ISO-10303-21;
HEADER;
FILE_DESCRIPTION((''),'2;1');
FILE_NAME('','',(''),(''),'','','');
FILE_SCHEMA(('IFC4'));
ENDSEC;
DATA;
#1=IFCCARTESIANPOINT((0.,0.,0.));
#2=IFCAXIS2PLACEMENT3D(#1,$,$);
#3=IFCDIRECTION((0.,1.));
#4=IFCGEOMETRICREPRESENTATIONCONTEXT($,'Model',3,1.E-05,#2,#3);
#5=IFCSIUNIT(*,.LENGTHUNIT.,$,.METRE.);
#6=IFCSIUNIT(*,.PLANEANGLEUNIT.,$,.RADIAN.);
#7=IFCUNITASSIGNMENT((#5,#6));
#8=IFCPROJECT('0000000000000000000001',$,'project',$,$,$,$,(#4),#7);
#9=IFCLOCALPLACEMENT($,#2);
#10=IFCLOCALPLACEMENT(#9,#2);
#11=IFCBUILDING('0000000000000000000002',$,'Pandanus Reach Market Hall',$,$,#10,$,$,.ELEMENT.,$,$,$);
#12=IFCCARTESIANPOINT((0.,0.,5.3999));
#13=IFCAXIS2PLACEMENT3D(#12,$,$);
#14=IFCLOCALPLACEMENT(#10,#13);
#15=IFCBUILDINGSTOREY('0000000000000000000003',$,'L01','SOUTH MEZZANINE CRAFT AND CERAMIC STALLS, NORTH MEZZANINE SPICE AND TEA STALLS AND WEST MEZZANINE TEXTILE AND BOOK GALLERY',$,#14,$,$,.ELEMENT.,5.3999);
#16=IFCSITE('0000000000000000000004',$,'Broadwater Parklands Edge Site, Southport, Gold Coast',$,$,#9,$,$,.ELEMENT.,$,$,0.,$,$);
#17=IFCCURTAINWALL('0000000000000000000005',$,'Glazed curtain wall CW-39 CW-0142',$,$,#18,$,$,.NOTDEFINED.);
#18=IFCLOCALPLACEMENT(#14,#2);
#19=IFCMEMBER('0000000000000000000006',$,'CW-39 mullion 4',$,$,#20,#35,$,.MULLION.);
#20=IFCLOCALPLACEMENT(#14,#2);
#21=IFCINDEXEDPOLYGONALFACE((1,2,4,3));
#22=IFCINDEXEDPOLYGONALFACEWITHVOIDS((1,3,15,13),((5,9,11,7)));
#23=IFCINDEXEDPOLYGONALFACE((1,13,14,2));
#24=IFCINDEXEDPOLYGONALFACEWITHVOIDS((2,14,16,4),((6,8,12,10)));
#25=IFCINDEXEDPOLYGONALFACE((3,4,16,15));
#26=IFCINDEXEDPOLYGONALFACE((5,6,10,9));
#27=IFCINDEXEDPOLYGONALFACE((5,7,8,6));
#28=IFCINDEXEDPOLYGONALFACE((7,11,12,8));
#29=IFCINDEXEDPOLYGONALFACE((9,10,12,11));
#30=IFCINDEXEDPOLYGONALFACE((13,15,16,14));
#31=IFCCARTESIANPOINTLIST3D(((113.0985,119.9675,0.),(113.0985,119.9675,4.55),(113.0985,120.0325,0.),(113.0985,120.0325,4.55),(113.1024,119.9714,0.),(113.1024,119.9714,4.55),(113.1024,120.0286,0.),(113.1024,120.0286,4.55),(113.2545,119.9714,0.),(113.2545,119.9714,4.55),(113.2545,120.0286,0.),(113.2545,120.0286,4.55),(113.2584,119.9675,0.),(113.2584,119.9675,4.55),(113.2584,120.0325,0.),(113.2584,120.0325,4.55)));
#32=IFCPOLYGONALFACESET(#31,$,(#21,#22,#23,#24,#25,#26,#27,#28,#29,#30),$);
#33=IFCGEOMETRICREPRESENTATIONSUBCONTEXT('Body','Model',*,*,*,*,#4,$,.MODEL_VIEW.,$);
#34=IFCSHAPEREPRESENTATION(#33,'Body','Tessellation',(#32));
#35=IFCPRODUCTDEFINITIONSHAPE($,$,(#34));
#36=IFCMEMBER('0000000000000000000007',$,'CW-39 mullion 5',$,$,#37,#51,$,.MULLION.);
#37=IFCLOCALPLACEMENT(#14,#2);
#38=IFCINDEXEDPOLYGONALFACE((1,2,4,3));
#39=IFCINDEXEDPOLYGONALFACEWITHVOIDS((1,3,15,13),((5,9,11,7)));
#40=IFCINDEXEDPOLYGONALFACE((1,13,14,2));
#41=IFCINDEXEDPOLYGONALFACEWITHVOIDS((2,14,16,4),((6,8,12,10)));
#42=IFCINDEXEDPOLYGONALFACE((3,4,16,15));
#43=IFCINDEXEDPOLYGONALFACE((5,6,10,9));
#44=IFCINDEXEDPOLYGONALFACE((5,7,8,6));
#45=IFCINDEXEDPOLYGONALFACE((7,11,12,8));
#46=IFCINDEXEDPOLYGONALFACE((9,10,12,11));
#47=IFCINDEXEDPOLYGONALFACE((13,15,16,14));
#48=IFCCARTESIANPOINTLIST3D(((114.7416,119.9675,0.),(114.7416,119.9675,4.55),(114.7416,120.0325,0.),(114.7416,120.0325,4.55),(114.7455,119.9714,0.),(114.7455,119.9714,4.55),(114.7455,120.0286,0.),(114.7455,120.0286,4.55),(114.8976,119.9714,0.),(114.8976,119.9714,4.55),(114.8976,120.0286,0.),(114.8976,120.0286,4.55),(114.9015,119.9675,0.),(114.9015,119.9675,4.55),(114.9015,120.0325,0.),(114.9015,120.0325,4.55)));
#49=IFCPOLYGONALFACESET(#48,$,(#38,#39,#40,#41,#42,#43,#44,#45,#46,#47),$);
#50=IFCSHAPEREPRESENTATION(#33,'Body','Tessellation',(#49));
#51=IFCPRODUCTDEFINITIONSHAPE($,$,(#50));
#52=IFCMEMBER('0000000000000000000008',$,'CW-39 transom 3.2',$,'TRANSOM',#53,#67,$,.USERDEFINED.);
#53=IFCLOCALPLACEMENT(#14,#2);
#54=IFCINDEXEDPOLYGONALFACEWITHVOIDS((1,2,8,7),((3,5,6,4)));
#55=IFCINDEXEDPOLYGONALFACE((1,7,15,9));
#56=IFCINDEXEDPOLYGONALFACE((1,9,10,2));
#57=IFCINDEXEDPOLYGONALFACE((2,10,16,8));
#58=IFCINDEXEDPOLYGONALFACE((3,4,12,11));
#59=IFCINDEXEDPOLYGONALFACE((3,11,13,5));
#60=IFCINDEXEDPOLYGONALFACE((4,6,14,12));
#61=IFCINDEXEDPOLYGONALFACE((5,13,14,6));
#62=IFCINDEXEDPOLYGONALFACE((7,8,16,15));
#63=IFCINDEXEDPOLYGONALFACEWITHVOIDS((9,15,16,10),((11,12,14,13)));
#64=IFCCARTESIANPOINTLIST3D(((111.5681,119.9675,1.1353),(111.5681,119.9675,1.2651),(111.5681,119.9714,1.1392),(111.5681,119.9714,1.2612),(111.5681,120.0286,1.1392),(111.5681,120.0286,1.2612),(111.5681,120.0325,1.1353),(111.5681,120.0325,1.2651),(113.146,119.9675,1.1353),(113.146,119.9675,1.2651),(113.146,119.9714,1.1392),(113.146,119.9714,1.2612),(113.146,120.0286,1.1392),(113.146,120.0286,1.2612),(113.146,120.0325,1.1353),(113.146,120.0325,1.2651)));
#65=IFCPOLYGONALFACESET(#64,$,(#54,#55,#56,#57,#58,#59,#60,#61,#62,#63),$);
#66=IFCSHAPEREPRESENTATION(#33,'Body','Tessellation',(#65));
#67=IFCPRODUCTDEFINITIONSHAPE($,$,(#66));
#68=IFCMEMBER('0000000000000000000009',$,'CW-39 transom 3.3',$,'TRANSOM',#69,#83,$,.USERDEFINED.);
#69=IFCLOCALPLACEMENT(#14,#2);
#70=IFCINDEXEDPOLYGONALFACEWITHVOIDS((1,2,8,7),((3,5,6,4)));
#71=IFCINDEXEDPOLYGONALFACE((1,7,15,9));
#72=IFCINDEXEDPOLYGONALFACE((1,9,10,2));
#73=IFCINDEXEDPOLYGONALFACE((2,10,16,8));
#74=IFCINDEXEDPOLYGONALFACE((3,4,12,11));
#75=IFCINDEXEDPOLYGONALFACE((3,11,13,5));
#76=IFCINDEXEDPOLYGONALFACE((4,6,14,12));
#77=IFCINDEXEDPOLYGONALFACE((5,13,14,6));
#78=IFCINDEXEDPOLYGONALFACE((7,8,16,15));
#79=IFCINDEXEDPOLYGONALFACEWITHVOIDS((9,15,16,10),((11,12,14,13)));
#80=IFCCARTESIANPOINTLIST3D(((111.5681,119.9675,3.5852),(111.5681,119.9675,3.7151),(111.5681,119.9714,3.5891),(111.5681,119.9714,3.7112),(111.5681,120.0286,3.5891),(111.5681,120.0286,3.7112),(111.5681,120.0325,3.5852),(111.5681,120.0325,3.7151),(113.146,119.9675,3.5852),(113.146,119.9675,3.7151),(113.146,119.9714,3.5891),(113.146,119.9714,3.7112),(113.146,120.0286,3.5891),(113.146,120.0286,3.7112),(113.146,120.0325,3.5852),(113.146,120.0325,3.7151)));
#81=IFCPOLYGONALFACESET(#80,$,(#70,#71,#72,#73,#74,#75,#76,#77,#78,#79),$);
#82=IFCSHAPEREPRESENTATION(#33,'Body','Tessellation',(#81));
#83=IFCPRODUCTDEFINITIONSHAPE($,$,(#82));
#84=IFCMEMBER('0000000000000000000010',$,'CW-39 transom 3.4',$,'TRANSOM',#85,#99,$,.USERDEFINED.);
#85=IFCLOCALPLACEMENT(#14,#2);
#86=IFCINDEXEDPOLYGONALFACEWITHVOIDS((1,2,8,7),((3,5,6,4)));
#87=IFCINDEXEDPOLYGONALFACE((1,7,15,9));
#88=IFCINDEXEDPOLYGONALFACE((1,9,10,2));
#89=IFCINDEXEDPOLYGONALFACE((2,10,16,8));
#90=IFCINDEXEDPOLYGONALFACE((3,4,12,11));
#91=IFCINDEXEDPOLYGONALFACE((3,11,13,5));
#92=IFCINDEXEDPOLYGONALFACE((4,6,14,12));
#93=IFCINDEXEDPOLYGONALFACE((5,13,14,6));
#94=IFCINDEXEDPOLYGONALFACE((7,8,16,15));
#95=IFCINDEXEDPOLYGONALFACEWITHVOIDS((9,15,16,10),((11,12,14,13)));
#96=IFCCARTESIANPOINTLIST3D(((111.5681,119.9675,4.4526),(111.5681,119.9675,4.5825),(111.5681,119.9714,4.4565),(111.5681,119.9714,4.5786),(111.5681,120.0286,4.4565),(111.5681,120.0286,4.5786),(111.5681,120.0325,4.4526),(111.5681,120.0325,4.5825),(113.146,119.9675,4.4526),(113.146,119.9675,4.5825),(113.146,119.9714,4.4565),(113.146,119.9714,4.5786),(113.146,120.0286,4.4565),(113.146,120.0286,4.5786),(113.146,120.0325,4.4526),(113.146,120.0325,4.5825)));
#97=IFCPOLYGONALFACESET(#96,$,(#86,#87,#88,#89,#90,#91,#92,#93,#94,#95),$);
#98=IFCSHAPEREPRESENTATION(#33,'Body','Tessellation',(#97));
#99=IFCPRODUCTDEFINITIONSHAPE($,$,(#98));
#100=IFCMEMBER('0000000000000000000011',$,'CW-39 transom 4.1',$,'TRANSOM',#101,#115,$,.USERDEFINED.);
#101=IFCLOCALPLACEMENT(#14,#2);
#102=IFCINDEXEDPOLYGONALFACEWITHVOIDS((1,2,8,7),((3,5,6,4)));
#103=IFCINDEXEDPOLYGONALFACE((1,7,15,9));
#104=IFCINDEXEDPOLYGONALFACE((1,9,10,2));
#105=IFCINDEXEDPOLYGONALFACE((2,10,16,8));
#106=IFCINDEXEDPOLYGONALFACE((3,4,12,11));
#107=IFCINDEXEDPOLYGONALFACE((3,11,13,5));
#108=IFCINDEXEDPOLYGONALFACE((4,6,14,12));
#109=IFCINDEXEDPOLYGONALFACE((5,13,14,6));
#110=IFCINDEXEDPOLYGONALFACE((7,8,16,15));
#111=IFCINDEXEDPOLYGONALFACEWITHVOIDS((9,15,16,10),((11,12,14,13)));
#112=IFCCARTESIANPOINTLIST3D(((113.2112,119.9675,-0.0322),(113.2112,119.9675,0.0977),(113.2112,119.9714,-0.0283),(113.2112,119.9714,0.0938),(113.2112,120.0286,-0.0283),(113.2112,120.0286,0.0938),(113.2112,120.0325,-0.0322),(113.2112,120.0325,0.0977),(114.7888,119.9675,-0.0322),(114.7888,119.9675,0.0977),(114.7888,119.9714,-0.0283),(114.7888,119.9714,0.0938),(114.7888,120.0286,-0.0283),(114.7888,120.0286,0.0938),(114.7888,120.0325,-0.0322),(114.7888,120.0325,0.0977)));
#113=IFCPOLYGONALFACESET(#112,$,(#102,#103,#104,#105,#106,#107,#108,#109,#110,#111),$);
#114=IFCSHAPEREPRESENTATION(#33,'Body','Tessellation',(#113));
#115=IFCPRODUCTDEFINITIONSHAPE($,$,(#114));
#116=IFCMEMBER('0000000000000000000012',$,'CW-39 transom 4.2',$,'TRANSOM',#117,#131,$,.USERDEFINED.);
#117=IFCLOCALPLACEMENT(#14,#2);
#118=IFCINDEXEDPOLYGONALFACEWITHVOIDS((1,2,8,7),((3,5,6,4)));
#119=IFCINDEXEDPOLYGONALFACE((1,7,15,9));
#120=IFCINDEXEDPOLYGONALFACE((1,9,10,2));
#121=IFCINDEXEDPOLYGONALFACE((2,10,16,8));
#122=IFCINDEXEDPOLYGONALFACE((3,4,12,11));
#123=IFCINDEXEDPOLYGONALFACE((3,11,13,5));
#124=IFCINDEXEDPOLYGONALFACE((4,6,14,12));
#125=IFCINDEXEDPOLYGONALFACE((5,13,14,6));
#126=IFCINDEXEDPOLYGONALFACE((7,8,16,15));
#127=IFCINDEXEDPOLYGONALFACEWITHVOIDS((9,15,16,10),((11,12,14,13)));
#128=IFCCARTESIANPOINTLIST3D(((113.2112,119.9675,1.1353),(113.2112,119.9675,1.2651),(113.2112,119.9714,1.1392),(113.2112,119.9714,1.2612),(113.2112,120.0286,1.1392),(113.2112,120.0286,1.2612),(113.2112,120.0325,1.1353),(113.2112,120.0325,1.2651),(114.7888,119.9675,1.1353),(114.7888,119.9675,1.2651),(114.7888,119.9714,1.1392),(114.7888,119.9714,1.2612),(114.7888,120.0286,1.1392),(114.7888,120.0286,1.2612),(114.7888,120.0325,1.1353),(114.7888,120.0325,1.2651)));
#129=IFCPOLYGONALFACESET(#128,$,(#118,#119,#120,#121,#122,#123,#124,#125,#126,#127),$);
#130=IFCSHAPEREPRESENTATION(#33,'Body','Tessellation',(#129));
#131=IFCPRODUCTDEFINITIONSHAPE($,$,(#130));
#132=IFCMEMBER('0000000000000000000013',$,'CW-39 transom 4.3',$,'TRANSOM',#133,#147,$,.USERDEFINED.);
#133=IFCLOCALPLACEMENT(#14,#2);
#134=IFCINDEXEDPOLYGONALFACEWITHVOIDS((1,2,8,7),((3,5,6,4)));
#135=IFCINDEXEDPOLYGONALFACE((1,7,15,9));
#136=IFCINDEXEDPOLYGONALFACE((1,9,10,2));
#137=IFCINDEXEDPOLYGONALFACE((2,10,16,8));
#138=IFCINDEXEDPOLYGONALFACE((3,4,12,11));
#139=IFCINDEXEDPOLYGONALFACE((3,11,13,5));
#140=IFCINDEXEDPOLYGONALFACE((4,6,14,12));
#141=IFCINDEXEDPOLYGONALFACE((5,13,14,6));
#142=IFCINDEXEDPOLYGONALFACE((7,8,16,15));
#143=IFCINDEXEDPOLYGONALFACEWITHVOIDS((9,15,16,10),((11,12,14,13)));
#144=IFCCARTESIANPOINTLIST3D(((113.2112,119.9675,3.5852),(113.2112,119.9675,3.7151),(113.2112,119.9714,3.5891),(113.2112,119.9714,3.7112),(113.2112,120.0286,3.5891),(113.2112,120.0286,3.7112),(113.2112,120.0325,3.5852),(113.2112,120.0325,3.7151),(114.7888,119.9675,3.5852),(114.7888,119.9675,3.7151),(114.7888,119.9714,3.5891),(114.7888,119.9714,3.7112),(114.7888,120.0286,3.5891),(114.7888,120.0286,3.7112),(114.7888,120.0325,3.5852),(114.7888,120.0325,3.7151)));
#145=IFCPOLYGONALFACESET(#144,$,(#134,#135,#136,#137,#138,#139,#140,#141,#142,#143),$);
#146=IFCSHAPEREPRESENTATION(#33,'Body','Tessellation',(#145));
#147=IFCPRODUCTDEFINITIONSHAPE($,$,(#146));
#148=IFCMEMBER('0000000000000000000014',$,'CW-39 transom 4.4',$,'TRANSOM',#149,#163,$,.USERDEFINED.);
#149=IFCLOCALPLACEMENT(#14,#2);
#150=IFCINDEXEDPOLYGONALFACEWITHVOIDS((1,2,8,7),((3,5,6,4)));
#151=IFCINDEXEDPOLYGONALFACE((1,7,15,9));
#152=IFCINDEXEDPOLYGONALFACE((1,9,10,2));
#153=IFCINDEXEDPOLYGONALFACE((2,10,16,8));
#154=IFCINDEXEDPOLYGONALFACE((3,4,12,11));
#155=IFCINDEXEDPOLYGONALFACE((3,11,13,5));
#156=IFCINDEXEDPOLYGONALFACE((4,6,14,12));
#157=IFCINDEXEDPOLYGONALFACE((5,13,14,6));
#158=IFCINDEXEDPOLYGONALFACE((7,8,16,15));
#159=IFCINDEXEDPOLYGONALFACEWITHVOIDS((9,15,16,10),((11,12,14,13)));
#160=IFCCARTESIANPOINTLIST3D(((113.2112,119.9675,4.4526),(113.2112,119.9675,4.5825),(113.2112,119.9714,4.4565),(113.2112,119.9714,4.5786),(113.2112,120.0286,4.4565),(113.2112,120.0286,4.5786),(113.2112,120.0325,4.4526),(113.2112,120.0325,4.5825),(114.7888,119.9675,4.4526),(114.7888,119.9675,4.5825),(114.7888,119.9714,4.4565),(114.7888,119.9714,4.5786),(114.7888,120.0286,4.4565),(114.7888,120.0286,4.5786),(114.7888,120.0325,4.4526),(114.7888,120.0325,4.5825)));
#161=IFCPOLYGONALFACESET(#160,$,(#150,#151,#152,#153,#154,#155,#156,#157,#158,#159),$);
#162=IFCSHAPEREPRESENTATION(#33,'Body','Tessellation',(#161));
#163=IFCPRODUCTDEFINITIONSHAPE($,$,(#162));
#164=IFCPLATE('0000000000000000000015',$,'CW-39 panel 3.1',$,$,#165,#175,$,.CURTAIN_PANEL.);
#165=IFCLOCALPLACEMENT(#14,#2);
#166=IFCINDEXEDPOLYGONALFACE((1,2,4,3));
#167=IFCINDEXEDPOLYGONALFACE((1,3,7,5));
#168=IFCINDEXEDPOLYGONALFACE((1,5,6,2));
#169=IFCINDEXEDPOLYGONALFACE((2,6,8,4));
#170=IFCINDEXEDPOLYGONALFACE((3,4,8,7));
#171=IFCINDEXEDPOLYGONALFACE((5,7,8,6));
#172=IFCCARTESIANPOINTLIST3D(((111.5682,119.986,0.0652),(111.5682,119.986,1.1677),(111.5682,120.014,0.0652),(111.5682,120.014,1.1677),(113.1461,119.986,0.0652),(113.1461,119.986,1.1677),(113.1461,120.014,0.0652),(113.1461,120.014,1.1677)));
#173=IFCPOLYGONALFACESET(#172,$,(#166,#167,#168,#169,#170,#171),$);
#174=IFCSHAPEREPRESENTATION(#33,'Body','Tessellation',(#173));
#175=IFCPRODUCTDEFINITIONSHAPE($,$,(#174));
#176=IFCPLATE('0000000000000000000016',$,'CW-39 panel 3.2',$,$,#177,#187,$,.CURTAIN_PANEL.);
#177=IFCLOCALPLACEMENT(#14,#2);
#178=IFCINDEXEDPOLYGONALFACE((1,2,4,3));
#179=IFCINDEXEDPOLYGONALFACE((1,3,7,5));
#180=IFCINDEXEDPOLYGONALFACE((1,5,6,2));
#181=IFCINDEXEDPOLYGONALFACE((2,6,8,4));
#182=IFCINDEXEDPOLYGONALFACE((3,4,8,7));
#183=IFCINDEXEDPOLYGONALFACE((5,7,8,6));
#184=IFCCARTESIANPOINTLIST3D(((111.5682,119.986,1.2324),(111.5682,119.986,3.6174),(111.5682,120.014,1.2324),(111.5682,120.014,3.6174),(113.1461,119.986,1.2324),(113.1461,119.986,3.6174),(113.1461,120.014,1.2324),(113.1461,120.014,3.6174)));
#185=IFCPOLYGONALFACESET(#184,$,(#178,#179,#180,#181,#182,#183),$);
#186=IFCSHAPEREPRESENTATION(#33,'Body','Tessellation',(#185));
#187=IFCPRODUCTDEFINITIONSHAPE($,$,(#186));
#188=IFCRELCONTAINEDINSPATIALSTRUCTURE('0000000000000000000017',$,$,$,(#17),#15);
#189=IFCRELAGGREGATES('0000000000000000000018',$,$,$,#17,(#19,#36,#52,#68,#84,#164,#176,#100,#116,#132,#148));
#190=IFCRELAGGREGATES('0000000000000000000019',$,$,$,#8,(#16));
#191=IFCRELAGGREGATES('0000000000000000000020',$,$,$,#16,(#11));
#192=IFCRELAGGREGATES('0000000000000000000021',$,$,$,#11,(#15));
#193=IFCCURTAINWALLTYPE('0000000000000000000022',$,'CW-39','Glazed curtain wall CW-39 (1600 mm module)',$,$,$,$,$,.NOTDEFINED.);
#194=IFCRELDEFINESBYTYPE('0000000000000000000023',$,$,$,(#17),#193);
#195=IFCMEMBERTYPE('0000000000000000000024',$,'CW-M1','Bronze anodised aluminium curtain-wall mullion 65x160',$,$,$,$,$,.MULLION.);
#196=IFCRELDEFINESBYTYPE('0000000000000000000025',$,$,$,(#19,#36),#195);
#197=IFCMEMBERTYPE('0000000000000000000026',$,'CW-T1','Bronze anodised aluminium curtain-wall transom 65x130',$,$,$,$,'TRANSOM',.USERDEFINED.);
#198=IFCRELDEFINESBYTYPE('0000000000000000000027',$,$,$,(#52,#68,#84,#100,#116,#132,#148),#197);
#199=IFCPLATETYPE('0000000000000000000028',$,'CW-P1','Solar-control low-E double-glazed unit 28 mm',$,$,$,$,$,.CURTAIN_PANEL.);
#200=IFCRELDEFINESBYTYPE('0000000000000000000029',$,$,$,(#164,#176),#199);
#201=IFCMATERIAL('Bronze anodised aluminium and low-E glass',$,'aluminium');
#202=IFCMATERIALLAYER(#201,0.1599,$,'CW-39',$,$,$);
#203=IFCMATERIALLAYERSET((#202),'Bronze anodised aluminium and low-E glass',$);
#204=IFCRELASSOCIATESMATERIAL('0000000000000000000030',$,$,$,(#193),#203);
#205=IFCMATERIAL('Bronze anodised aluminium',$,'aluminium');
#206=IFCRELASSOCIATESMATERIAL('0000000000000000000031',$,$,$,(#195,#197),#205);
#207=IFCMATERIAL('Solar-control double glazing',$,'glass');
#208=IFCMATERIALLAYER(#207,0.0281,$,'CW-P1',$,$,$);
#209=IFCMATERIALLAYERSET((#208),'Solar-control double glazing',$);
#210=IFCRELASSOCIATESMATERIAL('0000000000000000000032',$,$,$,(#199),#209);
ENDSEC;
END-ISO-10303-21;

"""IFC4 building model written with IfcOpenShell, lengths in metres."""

from ifc_helpers import new_model, si_unit, direction, frame, origin, origin_2d, place, context, subcontext, project, spatial, rectangle, hollow_rectangle, extrude, material, layer, layer_set, material_profile, profile_set, type_object, element, aggregate, save


model = new_model("IFC4")

# Units and contexts
model_context = context("Model", 3, precision=1e-05, world=origin(), true_north=direction((0.0, 1.0)))
body_context = subcontext(model_context, "Body", "Model", "MODEL_VIEW")
ifc_project = project(units=[si_unit("LENGTHUNIT", "METRE"), si_unit("PLANEANGLEUNIT", "RADIAN")], contexts=[model_context])

# Site, building, storey
site_placement = place(None, origin())
site = spatial("IfcSite", under=ifc_project, at=site_placement, Name="Broadwater Parklands Edge Site, Southport, Gold Coast", CompositionType="ELEMENT", RefElevation=0.0)
building_placement = place(site_placement, origin())
building = spatial("IfcBuilding", under=site, at=building_placement, Name="Pandanus Reach Market Hall", CompositionType="ELEMENT")
storey_placement = place(building_placement, frame((0.0, 0.0, 5.3999)))
storey = spatial("IfcBuildingStorey", under=building, at=storey_placement, Name="L01", Description="SOUTH MEZZANINE CRAFT AND CERAMIC STALLS, NORTH MEZZANINE SPICE AND TEA STALLS AND WEST MEZZANINE TEXTILE AND BOOK GALLERY", CompositionType="ELEMENT", Elevation=5.3999)

# Curtain wall, members, plates
ifc_material_1 = material(Name="Bronze anodised aluminium and low-E glass", Category="aluminium")
ifc_layer_1 = layer(ifc_material_1, 0.1599, Name="CW-39")
ifc_layer_set_1 = layer_set([ifc_layer_1], Name="Bronze anodised aluminium and low-E glass")
curtain_wall_type = type_object("IfcCurtainWallType", Name="CW-39", Description="Glazed curtain wall CW-39 (1600 mm module)", PredefinedType="NOTDEFINED", material=ifc_layer_set_1)
curtain_wall_placement = place(storey_placement, origin())
curtain_wall = element("IfcCurtainWall", 1, at=curtain_wall_placement, inside=storey, type_object=curtain_wall_type, Name="Glazed curtain wall CW-39 CW-0142", PredefinedType="NOTDEFINED")
ifc_material_2 = material(Name="Bronze anodised aluminium", Category="aluminium")
ifc_material_profile_1 = material_profile(ifc_material_2, hollow_rectangle(XDim=0.0649, YDim=0.1599, WallThickness=0.0039, at=origin_2d()), Name="ALU65x160", Category="LoadBearing")
ifc_profile_set_1 = profile_set([ifc_material_profile_1], Name="Bronze anodised aluminium")
member_type_1 = type_object("IfcMemberType", Name="CW-M1", Description="Bronze anodised aluminium curtain-wall mullion 65x160", PredefinedType="MULLION", material=ifc_profile_set_1)
member_1_placement = place(storey_placement, frame((113.1785, 120.0, 0.0), z_axis=(0.0, 0.0, 1.0), x_axis=(0.0, 1.0, 0.0)))
member_1 = element("IfcMember", 2, at=member_1_placement, type_object=member_type_1, Name="CW-39 mullion 4", PredefinedType="MULLION", context=body_context, shape_type="SweptSolid", body=[
    extrude(hollow_rectangle(XDim=0.0649, YDim=0.1599, WallThickness=0.0039, at=origin_2d()), origin(), (0.0, 0.0, 1.0), 4.55),
])
member_2_placement = place(storey_placement, frame((114.8215, 120.0, 0.0), z_axis=(0.0, 0.0, 1.0), x_axis=(0.0, 1.0, 0.0)))
member_2 = element("IfcMember", 3, at=member_2_placement, type_object=member_type_1, Name="CW-39 mullion 5", PredefinedType="MULLION", context=body_context, shape_type="SweptSolid", body=[
    extrude(hollow_rectangle(XDim=0.0649, YDim=0.1599, WallThickness=0.0039, at=origin_2d()), origin(), (0.0, 0.0, 1.0), 4.55),
])
ifc_material_profile_2 = material_profile(ifc_material_2, hollow_rectangle(XDim=0.0649, YDim=0.1299, WallThickness=0.0039, at=origin_2d()), Name="ALU65x130", Category="LoadBearing")
ifc_profile_set_2 = profile_set([ifc_material_profile_2], Name="Bronze anodised aluminium")
member_type_2 = type_object("IfcMemberType", Name="CW-T1", Description="Bronze anodised aluminium curtain-wall transom 65x130", ElementType="TRANSOM", PredefinedType="USERDEFINED", material=ifc_profile_set_2)
member_3_placement = place(storey_placement, frame((111.5681, 120.0, 1.2002), z_axis=(1.0, 0.0, 0.0), x_axis=(0.0, 1.0, 0.0)))
member_3 = element("IfcMember", 4, at=member_3_placement, type_object=member_type_2, Name="CW-39 transom 3.2", ObjectType="TRANSOM", PredefinedType="USERDEFINED", context=body_context, shape_type="SweptSolid", body=[
    extrude(hollow_rectangle(XDim=0.0649, YDim=0.1299, WallThickness=0.0039, at=origin_2d()), origin(), (0.0, 0.0, 1.0), 1.5779),
])
member_4_placement = place(storey_placement, frame((111.5681, 120.0, 3.6501), z_axis=(1.0, 0.0, 0.0), x_axis=(0.0, 1.0, 0.0)))
member_4 = element("IfcMember", 5, at=member_4_placement, type_object=member_type_2, Name="CW-39 transom 3.3", ObjectType="TRANSOM", PredefinedType="USERDEFINED", context=body_context, shape_type="SweptSolid", body=[
    extrude(hollow_rectangle(XDim=0.0649, YDim=0.1299, WallThickness=0.0039, at=origin_2d()), origin(), (0.0, 0.0, 1.0), 1.5779),
])
member_5_placement = place(storey_placement, frame((111.5681, 120.0, 4.5176), z_axis=(1.0, 0.0, 0.0), x_axis=(0.0, 1.0, 0.0)))
member_5 = element("IfcMember", 6, at=member_5_placement, type_object=member_type_2, Name="CW-39 transom 3.4", ObjectType="TRANSOM", PredefinedType="USERDEFINED", context=body_context, shape_type="SweptSolid", body=[
    extrude(hollow_rectangle(XDim=0.0649, YDim=0.1299, WallThickness=0.0039, at=origin_2d()), origin(), (0.0, 0.0, 1.0), 1.5779),
])
member_6_placement = place(storey_placement, frame((113.2112, 120.0, 0.0327), z_axis=(1.0, 0.0, 0.0), x_axis=(0.0, 1.0, 0.0)))
member_6 = element("IfcMember", 7, at=member_6_placement, type_object=member_type_2, Name="CW-39 transom 4.1", ObjectType="TRANSOM", PredefinedType="USERDEFINED", context=body_context, shape_type="SweptSolid", body=[
    extrude(hollow_rectangle(XDim=0.0649, YDim=0.1299, WallThickness=0.0039, at=origin_2d()), origin(), (0.0, 0.0, 1.0), 1.5776),
])
member_7_placement = place(storey_placement, frame((113.2112, 120.0, 1.2002), z_axis=(1.0, 0.0, 0.0), x_axis=(0.0, 1.0, 0.0)))
member_7 = element("IfcMember", 8, at=member_7_placement, type_object=member_type_2, Name="CW-39 transom 4.2", ObjectType="TRANSOM", PredefinedType="USERDEFINED", context=body_context, shape_type="SweptSolid", body=[
    extrude(hollow_rectangle(XDim=0.0649, YDim=0.1299, WallThickness=0.0039, at=origin_2d()), origin(), (0.0, 0.0, 1.0), 1.5776),
])
member_8_placement = place(storey_placement, frame((113.2112, 120.0, 3.6501), z_axis=(1.0, 0.0, 0.0), x_axis=(0.0, 1.0, 0.0)))
member_8 = element("IfcMember", 9, at=member_8_placement, type_object=member_type_2, Name="CW-39 transom 4.3", ObjectType="TRANSOM", PredefinedType="USERDEFINED", context=body_context, shape_type="SweptSolid", body=[
    extrude(hollow_rectangle(XDim=0.0649, YDim=0.1299, WallThickness=0.0039, at=origin_2d()), origin(), (0.0, 0.0, 1.0), 1.5776),
])
member_9_placement = place(storey_placement, frame((113.2112, 120.0, 4.5176), z_axis=(1.0, 0.0, 0.0), x_axis=(0.0, 1.0, 0.0)))
member_9 = element("IfcMember", 10, at=member_9_placement, type_object=member_type_2, Name="CW-39 transom 4.4", ObjectType="TRANSOM", PredefinedType="USERDEFINED", context=body_context, shape_type="SweptSolid", body=[
    extrude(hollow_rectangle(XDim=0.0649, YDim=0.1299, WallThickness=0.0039, at=origin_2d()), origin(), (0.0, 0.0, 1.0), 1.5776),
])
ifc_material_3 = material(Name="Solar-control double glazing", Category="glass")
ifc_layer_2 = layer(ifc_material_3, 0.0281, Name="CW-P1")
ifc_layer_set_2 = layer_set([ifc_layer_2], Name="Solar-control double glazing")
plate_type_1 = type_object("IfcPlateType", Name="CW-P1", Description="Solar-control low-E double-glazed unit 28 mm", PredefinedType="CURTAIN_PANEL", material=ifc_layer_set_2)
plate_1_placement = place(storey_placement, frame((112.3572, 120.0, 0.0652), z_axis=(0.0, 0.0, 1.0), x_axis=(1.0, 0.0, 0.0)))
plate_1 = element("IfcPlate", 11, at=plate_1_placement, type_object=plate_type_1, Name="CW-39 panel 3.1", PredefinedType="CURTAIN_PANEL", context=body_context, shape_type="SweptSolid", body=[
    extrude(rectangle(XDim=1.5779, YDim=0.0281, at=origin_2d()), origin(), (0.0, 0.0, 1.0), 1.1025),
])
plate_2_placement = place(storey_placement, frame((112.3572, 120.0, 1.2324), z_axis=(0.0, 0.0, 1.0), x_axis=(1.0, 0.0, 0.0)))
plate_2 = element("IfcPlate", 12, at=plate_2_placement, type_object=plate_type_1, Name="CW-39 panel 3.2", PredefinedType="CURTAIN_PANEL", context=body_context, shape_type="SweptSolid", body=[
    extrude(rectangle(XDim=1.5779, YDim=0.0281, at=origin_2d()), origin(), (0.0, 0.0, 1.0), 2.385),
])
aggregate(curtain_wall, [member_1, member_2, member_3, member_4, member_5, plate_1, plate_2, member_6, member_7, member_8, member_9])

save(model, "model.ifc")
